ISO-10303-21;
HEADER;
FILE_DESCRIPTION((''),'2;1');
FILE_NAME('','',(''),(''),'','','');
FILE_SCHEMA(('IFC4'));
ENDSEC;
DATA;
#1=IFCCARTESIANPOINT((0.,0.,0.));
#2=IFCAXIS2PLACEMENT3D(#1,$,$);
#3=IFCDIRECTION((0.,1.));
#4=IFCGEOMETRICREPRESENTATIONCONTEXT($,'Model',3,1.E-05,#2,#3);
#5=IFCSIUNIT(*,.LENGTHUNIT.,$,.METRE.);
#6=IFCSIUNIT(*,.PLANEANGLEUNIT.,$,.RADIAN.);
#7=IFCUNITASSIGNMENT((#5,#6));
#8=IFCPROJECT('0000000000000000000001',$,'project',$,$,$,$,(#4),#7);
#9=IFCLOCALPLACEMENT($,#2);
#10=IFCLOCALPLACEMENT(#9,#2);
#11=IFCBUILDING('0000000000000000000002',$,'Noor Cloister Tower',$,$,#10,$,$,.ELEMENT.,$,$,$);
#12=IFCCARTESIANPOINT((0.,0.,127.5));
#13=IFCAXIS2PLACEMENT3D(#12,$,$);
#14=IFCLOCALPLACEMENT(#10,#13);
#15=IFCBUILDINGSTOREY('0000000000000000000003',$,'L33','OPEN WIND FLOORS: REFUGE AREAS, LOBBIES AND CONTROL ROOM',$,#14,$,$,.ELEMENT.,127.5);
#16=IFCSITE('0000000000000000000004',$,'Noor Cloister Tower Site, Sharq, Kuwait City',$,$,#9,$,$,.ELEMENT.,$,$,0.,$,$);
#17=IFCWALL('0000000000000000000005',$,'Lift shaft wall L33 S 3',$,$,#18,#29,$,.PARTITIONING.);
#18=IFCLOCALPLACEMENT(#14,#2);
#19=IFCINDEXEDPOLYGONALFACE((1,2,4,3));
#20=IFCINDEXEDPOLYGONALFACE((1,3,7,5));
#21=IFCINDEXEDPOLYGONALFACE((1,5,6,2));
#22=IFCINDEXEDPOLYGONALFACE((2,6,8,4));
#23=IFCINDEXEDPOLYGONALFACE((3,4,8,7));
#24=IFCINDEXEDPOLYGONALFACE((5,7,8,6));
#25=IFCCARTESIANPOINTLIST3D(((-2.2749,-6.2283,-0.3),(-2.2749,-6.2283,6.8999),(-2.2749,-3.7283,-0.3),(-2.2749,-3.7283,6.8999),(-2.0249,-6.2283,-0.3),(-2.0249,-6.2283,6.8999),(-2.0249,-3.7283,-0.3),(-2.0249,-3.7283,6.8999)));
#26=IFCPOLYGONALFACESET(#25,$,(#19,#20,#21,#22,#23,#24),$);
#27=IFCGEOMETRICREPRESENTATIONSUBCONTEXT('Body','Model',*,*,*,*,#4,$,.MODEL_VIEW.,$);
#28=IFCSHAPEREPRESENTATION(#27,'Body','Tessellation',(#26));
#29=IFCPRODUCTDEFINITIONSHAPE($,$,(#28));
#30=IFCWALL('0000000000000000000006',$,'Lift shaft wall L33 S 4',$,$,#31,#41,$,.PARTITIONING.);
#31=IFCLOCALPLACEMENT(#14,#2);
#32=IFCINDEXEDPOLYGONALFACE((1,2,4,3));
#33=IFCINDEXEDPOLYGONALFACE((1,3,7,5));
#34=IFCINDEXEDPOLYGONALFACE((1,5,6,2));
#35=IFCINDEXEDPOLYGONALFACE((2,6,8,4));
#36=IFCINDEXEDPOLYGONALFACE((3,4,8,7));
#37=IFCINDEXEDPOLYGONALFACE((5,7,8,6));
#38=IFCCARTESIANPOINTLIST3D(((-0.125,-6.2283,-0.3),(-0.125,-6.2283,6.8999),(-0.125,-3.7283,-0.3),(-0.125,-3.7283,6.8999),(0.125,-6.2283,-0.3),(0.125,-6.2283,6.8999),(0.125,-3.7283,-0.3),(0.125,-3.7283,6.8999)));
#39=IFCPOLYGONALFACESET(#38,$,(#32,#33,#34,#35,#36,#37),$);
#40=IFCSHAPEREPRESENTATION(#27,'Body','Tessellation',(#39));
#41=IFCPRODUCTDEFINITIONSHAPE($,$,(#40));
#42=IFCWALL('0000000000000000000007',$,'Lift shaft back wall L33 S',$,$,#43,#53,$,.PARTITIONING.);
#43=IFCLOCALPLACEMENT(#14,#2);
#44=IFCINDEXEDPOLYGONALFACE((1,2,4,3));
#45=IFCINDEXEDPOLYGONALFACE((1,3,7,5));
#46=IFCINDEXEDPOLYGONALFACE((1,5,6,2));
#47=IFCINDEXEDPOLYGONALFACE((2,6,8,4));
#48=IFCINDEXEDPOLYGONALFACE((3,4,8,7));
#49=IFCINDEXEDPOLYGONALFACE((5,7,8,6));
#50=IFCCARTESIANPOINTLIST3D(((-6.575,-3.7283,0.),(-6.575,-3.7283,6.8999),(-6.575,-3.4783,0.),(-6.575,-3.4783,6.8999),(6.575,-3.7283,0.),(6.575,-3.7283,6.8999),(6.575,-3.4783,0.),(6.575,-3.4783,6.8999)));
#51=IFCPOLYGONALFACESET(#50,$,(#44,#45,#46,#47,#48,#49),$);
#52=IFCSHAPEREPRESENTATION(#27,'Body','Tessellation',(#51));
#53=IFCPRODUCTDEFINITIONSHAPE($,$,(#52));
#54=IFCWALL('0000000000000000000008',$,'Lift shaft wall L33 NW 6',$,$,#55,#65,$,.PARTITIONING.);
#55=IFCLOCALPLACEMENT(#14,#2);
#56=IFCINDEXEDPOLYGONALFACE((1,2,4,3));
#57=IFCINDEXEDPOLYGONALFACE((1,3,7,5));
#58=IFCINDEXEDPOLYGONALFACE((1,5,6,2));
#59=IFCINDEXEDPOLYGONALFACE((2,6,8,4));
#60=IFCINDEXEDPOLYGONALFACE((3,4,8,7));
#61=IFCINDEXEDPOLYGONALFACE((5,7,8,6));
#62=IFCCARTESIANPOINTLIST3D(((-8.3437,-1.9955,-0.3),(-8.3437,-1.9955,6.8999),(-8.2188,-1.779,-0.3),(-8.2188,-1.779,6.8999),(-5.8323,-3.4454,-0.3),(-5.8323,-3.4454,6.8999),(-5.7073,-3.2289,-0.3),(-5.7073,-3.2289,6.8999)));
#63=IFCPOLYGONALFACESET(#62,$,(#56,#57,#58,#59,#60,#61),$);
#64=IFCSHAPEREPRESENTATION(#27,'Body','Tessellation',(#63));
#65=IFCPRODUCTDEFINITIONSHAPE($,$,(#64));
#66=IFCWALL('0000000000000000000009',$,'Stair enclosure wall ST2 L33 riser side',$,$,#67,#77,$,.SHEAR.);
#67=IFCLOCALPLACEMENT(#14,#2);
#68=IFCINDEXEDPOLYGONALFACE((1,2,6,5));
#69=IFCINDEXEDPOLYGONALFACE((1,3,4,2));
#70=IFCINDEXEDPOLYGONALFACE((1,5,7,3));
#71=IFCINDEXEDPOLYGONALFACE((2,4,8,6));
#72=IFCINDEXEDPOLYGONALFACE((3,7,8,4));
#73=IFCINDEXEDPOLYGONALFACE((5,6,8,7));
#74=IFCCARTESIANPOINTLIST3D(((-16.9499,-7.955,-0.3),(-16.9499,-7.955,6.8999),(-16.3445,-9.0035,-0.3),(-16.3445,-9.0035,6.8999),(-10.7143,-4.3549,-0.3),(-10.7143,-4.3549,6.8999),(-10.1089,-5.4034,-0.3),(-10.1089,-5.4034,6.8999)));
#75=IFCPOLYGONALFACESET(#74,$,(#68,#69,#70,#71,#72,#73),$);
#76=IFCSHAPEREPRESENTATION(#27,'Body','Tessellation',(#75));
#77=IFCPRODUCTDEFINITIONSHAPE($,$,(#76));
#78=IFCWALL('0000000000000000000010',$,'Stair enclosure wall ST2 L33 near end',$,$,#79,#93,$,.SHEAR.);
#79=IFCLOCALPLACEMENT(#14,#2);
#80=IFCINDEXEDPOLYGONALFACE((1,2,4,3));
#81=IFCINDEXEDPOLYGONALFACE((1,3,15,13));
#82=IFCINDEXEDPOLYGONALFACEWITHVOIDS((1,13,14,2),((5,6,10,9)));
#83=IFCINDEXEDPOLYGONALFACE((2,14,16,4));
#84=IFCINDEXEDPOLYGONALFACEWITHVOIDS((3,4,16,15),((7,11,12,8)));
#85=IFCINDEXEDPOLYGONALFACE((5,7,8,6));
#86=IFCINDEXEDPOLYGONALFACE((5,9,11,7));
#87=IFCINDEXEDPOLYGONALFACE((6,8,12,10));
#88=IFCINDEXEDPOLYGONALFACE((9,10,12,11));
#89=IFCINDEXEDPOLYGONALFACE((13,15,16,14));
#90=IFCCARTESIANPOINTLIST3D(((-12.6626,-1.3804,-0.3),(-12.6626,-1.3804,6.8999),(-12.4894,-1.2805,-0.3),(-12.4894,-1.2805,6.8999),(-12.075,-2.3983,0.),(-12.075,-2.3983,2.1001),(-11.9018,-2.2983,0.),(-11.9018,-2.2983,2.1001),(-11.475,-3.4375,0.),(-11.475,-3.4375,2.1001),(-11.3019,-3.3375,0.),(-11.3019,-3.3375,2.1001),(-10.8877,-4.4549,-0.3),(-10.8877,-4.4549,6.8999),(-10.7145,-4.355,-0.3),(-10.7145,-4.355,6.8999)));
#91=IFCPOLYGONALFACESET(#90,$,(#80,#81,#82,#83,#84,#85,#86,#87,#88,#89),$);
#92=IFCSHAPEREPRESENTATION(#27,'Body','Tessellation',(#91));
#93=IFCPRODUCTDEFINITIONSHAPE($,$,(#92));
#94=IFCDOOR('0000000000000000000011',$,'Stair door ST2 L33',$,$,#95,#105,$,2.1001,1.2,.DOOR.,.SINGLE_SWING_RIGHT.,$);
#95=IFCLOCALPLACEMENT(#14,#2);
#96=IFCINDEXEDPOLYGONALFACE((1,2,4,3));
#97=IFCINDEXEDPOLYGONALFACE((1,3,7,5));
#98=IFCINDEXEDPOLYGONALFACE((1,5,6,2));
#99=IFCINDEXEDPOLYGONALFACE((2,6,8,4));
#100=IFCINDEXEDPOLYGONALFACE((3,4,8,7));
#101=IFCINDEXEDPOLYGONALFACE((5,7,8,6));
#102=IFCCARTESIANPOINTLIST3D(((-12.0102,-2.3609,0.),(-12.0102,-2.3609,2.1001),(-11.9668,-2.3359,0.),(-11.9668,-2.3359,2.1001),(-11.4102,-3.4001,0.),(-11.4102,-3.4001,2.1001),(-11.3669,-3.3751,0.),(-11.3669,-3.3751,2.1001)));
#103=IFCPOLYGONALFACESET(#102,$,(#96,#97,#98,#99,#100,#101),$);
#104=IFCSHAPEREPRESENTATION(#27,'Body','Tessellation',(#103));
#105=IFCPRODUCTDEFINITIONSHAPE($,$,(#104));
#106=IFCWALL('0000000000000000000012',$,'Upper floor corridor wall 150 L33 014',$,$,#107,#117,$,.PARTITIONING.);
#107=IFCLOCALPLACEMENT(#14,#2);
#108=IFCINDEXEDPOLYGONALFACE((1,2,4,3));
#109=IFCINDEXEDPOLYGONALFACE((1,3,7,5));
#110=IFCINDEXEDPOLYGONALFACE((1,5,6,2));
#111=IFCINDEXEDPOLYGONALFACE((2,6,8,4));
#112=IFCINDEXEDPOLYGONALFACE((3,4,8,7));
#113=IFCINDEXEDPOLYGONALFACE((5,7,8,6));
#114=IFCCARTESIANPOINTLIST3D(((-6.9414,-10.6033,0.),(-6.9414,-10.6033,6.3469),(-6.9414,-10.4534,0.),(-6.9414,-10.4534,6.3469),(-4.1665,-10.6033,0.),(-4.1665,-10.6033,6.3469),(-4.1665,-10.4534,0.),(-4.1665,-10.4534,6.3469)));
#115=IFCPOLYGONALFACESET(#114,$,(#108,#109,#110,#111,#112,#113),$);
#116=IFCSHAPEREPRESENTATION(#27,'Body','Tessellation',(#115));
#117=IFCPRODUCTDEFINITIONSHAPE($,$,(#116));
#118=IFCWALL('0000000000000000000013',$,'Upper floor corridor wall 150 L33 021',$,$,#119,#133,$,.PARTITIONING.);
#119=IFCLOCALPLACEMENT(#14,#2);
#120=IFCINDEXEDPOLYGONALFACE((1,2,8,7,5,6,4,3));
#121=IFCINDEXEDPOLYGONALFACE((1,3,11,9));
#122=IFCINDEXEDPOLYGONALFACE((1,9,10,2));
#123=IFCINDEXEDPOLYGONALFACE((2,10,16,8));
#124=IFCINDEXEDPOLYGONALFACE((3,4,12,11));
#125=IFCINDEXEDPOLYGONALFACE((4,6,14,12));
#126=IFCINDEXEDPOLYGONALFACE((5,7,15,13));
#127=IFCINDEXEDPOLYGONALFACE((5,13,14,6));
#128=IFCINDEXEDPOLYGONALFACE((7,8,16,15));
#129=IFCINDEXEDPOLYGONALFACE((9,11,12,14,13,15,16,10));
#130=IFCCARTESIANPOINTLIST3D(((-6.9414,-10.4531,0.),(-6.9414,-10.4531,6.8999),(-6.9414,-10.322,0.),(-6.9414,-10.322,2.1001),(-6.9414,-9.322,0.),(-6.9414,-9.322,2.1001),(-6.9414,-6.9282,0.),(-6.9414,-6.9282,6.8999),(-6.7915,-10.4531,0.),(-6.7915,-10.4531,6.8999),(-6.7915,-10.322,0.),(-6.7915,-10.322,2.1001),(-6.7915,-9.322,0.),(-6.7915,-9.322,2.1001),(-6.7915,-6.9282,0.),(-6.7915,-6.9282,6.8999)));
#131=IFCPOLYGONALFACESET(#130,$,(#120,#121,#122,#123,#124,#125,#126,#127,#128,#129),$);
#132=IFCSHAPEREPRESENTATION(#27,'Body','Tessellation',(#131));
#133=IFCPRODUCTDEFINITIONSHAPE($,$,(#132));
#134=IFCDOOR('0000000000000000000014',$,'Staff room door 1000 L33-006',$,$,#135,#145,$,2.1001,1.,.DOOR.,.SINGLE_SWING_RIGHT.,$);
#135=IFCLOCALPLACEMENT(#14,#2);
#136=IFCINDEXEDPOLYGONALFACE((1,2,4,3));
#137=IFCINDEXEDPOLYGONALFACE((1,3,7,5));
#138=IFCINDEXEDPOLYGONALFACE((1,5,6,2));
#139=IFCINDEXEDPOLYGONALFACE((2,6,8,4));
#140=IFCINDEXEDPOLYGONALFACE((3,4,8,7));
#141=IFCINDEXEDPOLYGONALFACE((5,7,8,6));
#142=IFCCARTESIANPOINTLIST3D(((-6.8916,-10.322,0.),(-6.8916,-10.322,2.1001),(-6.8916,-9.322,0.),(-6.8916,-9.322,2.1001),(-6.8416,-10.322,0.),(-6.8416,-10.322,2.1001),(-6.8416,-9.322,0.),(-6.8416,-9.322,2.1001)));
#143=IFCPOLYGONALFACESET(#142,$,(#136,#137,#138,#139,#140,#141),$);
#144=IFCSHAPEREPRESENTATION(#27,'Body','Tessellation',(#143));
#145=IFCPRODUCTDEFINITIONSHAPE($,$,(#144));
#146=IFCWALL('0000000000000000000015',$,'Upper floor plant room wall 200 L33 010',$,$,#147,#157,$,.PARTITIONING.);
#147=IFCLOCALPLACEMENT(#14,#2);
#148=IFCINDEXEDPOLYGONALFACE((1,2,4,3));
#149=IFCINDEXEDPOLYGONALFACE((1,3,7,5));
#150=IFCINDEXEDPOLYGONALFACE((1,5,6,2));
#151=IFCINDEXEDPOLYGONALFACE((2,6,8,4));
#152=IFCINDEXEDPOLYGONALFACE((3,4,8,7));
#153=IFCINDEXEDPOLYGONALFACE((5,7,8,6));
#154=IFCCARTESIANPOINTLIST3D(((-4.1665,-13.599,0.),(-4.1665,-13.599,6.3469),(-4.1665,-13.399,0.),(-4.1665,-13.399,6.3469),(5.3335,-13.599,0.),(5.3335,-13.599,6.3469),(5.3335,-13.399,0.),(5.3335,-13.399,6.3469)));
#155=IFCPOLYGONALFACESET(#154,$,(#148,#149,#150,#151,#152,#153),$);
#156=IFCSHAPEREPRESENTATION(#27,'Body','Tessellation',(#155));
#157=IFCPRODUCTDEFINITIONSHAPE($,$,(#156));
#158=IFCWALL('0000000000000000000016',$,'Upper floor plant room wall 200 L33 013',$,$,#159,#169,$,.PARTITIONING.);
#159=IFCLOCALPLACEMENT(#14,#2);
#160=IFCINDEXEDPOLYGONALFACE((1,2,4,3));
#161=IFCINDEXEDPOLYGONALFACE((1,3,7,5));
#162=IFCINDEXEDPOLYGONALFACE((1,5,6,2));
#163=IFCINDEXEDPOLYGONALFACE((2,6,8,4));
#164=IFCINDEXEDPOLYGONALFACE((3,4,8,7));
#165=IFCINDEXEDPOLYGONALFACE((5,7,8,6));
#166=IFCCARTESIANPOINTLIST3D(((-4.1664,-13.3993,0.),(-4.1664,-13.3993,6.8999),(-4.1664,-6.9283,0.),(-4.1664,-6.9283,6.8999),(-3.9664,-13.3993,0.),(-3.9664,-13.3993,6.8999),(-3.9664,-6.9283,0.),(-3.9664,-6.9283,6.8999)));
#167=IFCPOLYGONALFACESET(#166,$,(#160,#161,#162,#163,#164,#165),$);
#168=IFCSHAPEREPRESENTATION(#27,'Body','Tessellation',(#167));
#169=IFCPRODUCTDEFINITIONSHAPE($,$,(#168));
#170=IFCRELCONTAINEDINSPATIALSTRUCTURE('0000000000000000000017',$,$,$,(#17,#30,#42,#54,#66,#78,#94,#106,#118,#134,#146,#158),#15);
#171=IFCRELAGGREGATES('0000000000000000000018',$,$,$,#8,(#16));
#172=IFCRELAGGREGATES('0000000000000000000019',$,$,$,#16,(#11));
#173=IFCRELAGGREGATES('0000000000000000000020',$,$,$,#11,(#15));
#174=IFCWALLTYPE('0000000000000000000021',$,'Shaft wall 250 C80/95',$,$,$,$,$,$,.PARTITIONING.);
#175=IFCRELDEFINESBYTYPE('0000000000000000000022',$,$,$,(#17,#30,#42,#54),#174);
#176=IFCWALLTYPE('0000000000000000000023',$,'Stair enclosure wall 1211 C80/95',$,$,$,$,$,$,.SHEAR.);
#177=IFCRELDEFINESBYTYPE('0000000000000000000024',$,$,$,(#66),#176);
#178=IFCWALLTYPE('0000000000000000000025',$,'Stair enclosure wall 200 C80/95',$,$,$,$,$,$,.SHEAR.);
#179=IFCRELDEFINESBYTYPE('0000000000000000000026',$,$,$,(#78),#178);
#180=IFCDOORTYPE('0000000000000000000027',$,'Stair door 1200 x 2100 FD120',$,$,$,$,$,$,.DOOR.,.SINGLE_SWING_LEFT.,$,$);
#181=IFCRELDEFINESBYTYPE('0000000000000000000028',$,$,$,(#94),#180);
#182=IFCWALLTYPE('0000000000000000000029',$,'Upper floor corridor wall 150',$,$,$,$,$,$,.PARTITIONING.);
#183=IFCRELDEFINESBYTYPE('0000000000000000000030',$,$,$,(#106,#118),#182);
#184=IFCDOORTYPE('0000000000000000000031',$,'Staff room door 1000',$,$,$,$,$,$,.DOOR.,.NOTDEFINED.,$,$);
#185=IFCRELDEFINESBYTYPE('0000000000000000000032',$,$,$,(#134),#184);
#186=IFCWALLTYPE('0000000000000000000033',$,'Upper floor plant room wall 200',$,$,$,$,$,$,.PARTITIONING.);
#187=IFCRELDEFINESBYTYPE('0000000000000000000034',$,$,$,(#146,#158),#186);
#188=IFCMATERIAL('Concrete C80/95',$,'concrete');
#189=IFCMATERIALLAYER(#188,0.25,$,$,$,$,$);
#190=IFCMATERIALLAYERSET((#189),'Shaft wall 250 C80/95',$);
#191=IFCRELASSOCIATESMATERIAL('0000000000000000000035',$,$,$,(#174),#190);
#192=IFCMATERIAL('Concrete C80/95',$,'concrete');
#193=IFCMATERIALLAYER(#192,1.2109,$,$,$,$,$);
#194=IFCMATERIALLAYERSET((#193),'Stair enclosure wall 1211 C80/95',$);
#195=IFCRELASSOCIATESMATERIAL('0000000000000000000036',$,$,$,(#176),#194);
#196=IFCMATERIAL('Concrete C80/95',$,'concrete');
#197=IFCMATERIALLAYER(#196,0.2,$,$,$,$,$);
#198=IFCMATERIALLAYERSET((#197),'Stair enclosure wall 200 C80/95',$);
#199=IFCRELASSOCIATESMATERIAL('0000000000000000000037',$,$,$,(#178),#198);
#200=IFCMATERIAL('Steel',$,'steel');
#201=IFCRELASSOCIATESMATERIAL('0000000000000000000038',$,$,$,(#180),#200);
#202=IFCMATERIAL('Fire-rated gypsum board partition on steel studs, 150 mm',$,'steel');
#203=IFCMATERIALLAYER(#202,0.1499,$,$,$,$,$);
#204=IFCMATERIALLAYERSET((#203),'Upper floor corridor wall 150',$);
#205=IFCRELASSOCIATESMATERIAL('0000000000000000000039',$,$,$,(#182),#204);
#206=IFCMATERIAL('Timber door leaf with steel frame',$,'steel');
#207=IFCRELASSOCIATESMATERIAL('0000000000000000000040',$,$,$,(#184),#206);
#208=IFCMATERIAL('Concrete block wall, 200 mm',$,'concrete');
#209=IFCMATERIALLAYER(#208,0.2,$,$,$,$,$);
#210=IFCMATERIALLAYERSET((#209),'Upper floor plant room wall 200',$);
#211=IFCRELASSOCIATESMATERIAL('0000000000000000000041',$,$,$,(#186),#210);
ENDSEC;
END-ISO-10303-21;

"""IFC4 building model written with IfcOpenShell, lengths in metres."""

from ifc_helpers import new_model, si_unit, direction, frame, frame_2d, origin, place, context, subcontext, project, spatial, rectangle, extrude, material, layer, layer_set, type_object, element, fill, save


model = new_model("IFC4")

# Units and contexts
model_context = context("Model", 3, precision=1e-05, world=origin(), true_north=direction((0.0, 1.0)))
body_context = subcontext(model_context, "Body", "Model", "MODEL_VIEW")
ifc_project = project(units=[si_unit("LENGTHUNIT", "METRE"), si_unit("PLANEANGLEUNIT", "RADIAN")], contexts=[model_context])

# Site, building, storey
site_placement = place(None, origin())
site = spatial("IfcSite", under=ifc_project, at=site_placement, Name="Noor Cloister Tower Site, Sharq, Kuwait City", CompositionType="ELEMENT", RefElevation=0.0)
building_placement = place(site_placement, origin())
building = spatial("IfcBuilding", under=site, at=building_placement, Name="Noor Cloister Tower", CompositionType="ELEMENT")
storey_placement = place(building_placement, frame((0.0, 0.0, 127.5)))
storey = spatial("IfcBuildingStorey", under=building, at=storey_placement, Name="L33", Description="OPEN WIND FLOORS: REFUGE AREAS, LOBBIES AND CONTROL ROOM", CompositionType="ELEMENT", Elevation=127.5)

# Walls
ifc_material_1 = material(Name="Concrete C80/95", Category="concrete")
ifc_layer_1 = layer(ifc_material_1, 0.25)
ifc_layer_set_1 = layer_set([ifc_layer_1], Name="Shaft wall 250 C80/95")
wall_type_1 = type_object("IfcWallType", Name="Shaft wall 250 C80/95", PredefinedType="PARTITIONING", material=ifc_layer_set_1)
for number, where, z_axis, x_axis, name in (
    (1, (-2.1499, -6.2283, -0.3), (0.0, 0.0, 1.0), (0.0, 1.0, 0.0), "Lift shaft wall L33 S 3"),
    (2, (0.0, -6.2283, -0.3), (0.0, 0.0, 1.0), (0.0, 1.0, 0.0), "Lift shaft wall L33 S 4"),
):
    element("IfcWall", number, at=place(storey_placement, frame(where, z_axis=z_axis, x_axis=x_axis)), inside=storey, type_object=wall_type_1, Name=name, PredefinedType="PARTITIONING", context=body_context, shape_type="SweptSolid", body=[
        extrude(rectangle(XDim=2.5, YDim=0.25, at=frame_2d((1.25, 0.0))), origin(), (0.0, 0.0, 1.0), 7.2),
    ])
wall_1_placement = place(storey_placement, frame((-6.575, -3.6033, 0.0), z_axis=(0.0, 0.0, 1.0), x_axis=(1.0, 0.0, 0.0)))
element("IfcWall", 3, at=wall_1_placement, inside=storey, type_object=wall_type_1, Name="Lift shaft back wall L33 S", PredefinedType="PARTITIONING", context=body_context, shape_type="SweptSolid", body=[
    extrude(rectangle(XDim=13.1499, YDim=0.25, at=frame_2d((6.575, 0.0))), origin(), (0.0, 0.0, 1.0), 6.8999),
])
wall_2_placement = place(storey_placement, frame((-8.2812, -1.8872, -0.3), z_axis=(0.0, 0.0, 1.0), x_axis=(0.866033, -0.499987, 0.0)))
element("IfcWall", 4, at=wall_2_placement, inside=storey, type_object=wall_type_1, Name="Lift shaft wall L33 NW 6", PredefinedType="PARTITIONING", context=body_context, shape_type="SweptSolid", body=[
    extrude(rectangle(XDim=2.8999, YDim=0.25, at=frame_2d((1.45, 0.0))), origin(), (0.0, 0.0, 1.0), 7.2),
])
ifc_material_2 = material(Name="Concrete C80/95", Category="concrete")
ifc_layer_2 = layer(ifc_material_2, 1.2109)
ifc_layer_set_2 = layer_set([ifc_layer_2], Name="Stair enclosure wall 1211 C80/95")
wall_type_2 = type_object("IfcWallType", Name="Stair enclosure wall 1211 C80/95", PredefinedType="SHEAR", material=ifc_layer_set_2)
wall_3_placement = place(storey_placement, frame((-10.4116, -4.8792, -0.3), z_axis=(0.0, 0.0, 1.0), x_axis=(-0.866027, -0.499997, 0.0)))
element("IfcWall", 5, at=wall_3_placement, inside=storey, type_object=wall_type_2, Name="Stair enclosure wall ST2 L33 riser side", PredefinedType="SHEAR", context=body_context, shape_type="SweptSolid", body=[
    extrude(rectangle(XDim=7.2002, YDim=1.2107, at=frame_2d((3.6001, 0.0))), origin(), (0.0, 0.0, 1.0), 7.2),
])

# Wall, opening, door
ifc_material_3 = material(Name="Concrete C80/95", Category="concrete")
ifc_layer_3 = layer(ifc_material_3, 0.2)
ifc_layer_set_3 = layer_set([ifc_layer_3], Name="Stair enclosure wall 200 C80/95")
wall_type_3 = type_object("IfcWallType", Name="Stair enclosure wall 200 C80/95", PredefinedType="SHEAR", material=ifc_layer_set_3)
wall_4_placement = place(storey_placement, frame((-12.5759, -1.3306, -0.3), z_axis=(0.0, 0.0, 1.0), x_axis=(0.49997, -0.866042, 0.0)))
wall_4 = element("IfcWall", 6, at=wall_4_placement, inside=storey, type_object=wall_type_3, Name="Stair enclosure wall ST2 L33 near end", PredefinedType="SHEAR", context=body_context, shape_type="SweptSolid", body=[
    extrude(rectangle(XDim=3.55, YDim=0.2, at=frame_2d((1.7749, 0.0))), origin(), (0.0, 0.0, 1.0), 7.2),
])
opening_1_placement = place(wall_4_placement, frame((1.175, 0.0, 0.3)))
opening_1 = element("IfcOpeningElement", 7, at=opening_1_placement, cuts=wall_4, PredefinedType="OPENING", context=body_context, shape_type="SweptSolid", body=[
    extrude(rectangle(XDim=1.2, YDim=2.1001, at=frame_2d((0.6001, 1.05))), frame((0.0, 0.1099, 0.0), z_axis=(0.0, -1.0, 0.0), x_axis=(1.0, 0.0, 0.0)), (0.0, 0.0, 1.0), 0.22),
])
ifc_material_4 = material(Name="Steel", Category="steel")
door_type_1 = type_object("IfcDoorType", Name="Stair door 1200 x 2100 FD120", OperationType="SINGLE_SWING_LEFT", PredefinedType="DOOR", material=ifc_material_4)
door_1_placement = place(opening_1_placement, origin())
door_1 = element("IfcDoor", 8, at=door_1_placement, inside=storey, type_object=door_type_1, Name="Stair door ST2 L33", OperationType="SINGLE_SWING_RIGHT", OverallHeight=2.1001, OverallWidth=1.2, PredefinedType="DOOR", context=body_context, shape_type="SweptSolid", body=[
    extrude(rectangle(XDim=1.2, YDim=2.1001, at=frame_2d((0.6001, 1.05))), frame((0.0, 0.0249, 0.0), z_axis=(0.0, -1.0, 0.0), x_axis=(1.0, 0.0, 0.0)), (0.0, 0.0, 1.0), 0.05),
])
fill(opening_1, door_1)

# Wall
ifc_material_5 = material(Name="Fire-rated gypsum board partition on steel studs, 150 mm", Category="steel")
ifc_layer_4 = layer(ifc_material_5, 0.1499)
ifc_layer_set_4 = layer_set([ifc_layer_4], Name="Upper floor corridor wall 150")
wall_type_4 = type_object("IfcWallType", Name="Upper floor corridor wall 150", PredefinedType="PARTITIONING", material=ifc_layer_set_4)
wall_5_placement = place(storey_placement, frame((-6.9414, -10.5283, 0.0), z_axis=(0.0, 0.0, 1.0), x_axis=(1.0, 0.0, 0.0)))
element("IfcWall", 9, at=wall_5_placement, inside=storey, type_object=wall_type_4, Name="Upper floor corridor wall 150 L33 014", PredefinedType="PARTITIONING", context=body_context, shape_type="SweptSolid", body=[
    extrude(rectangle(XDim=2.7749, YDim=0.1499, at=frame_2d((1.3875, 0.0))), origin(), (0.0, 0.0, 1.0), 6.3469),
])

# Wall, opening, door
wall_6_placement = place(storey_placement, frame((-6.8665, -6.9282, 0.0), z_axis=(0.0, 0.0, 1.0), x_axis=(0.0, -1.0, 0.0)))
wall_6 = element("IfcWall", 10, at=wall_6_placement, inside=storey, type_object=wall_type_4, Name="Upper floor corridor wall 150 L33 021", PredefinedType="PARTITIONING", context=body_context, shape_type="SweptSolid", body=[
    extrude(rectangle(XDim=3.5249, YDim=0.1499, at=frame_2d((1.7625, 0.0))), origin(), (0.0, 0.0, 1.0), 6.8999),
])
opening_2_placement = place(wall_6_placement, frame((2.3938, 0.0, 0.0)))
opening_2 = element("IfcOpeningElement", 11, at=opening_2_placement, cuts=wall_6, PredefinedType="OPENING", context=body_context, shape_type="SweptSolid", body=[
    extrude(rectangle(XDim=1.0, YDim=2.1001, at=frame_2d((0.5, 1.05))), frame((0.0, 0.085, 0.0), z_axis=(0.0, -1.0, 0.0), x_axis=(1.0, 0.0, 0.0)), (0.0, 0.0, 1.0), 0.1699),
])
ifc_material_6 = material(Name="Timber door leaf with steel frame", Category="steel")
door_type_2 = type_object("IfcDoorType", Name="Staff room door 1000", OperationType="NOTDEFINED", PredefinedType="DOOR", material=ifc_material_6)
door_2_placement = place(opening_2_placement, origin())
door_2 = element("IfcDoor", 12, at=door_2_placement, inside=storey, type_object=door_type_2, Name="Staff room door 1000 L33-006", OperationType="SINGLE_SWING_RIGHT", OverallHeight=2.1001, OverallWidth=1.0, PredefinedType="DOOR", context=body_context, shape_type="SweptSolid", body=[
    extrude(rectangle(XDim=1.0, YDim=2.1001, at=frame_2d((0.5, 1.05))), frame((0.0, 0.0249, 0.0), z_axis=(0.0, -1.0, 0.0), x_axis=(1.0, 0.0, 0.0)), (0.0, 0.0, 1.0), 0.05),
])
fill(opening_2, door_2)

# Walls
ifc_material_7 = material(Name="Concrete block wall, 200 mm", Category="concrete")
ifc_layer_5 = layer(ifc_material_7, 0.2)
ifc_layer_set_5 = layer_set([ifc_layer_5], Name="Upper floor plant room wall 200")
wall_type_5 = type_object("IfcWallType", Name="Upper floor plant room wall 200", PredefinedType="PARTITIONING", material=ifc_layer_set_5)
wall_7_placement = place(storey_placement, frame((-4.1665, -13.499, 0.0), z_axis=(0.0, 0.0, 1.0), x_axis=(1.0, 0.0, 0.0)))
element("IfcWall", 13, at=wall_7_placement, inside=storey, type_object=wall_type_5, Name="Upper floor plant room wall 200 L33 010", PredefinedType="PARTITIONING", context=body_context, shape_type="SweptSolid", body=[
    extrude(rectangle(XDim=9.5, YDim=0.2, at=frame_2d((4.75, 0.0))), origin(), (0.0, 0.0, 1.0), 6.3469),
])
wall_8_placement = place(storey_placement, frame((-4.0664, -13.3992, 0.0), z_axis=(0.0, 0.0, 1.0), x_axis=(0.0, 1.0, 0.0)))
element("IfcWall", 14, at=wall_8_placement, inside=storey, type_object=wall_type_5, Name="Upper floor plant room wall 200 L33 013", PredefinedType="PARTITIONING", context=body_context, shape_type="SweptSolid", body=[
    extrude(rectangle(XDim=6.4709, YDim=0.2, at=frame_2d((3.2354, 0.0))), origin(), (0.0, 0.0, 1.0), 6.8999),
])

save(model, "model.ifc")
